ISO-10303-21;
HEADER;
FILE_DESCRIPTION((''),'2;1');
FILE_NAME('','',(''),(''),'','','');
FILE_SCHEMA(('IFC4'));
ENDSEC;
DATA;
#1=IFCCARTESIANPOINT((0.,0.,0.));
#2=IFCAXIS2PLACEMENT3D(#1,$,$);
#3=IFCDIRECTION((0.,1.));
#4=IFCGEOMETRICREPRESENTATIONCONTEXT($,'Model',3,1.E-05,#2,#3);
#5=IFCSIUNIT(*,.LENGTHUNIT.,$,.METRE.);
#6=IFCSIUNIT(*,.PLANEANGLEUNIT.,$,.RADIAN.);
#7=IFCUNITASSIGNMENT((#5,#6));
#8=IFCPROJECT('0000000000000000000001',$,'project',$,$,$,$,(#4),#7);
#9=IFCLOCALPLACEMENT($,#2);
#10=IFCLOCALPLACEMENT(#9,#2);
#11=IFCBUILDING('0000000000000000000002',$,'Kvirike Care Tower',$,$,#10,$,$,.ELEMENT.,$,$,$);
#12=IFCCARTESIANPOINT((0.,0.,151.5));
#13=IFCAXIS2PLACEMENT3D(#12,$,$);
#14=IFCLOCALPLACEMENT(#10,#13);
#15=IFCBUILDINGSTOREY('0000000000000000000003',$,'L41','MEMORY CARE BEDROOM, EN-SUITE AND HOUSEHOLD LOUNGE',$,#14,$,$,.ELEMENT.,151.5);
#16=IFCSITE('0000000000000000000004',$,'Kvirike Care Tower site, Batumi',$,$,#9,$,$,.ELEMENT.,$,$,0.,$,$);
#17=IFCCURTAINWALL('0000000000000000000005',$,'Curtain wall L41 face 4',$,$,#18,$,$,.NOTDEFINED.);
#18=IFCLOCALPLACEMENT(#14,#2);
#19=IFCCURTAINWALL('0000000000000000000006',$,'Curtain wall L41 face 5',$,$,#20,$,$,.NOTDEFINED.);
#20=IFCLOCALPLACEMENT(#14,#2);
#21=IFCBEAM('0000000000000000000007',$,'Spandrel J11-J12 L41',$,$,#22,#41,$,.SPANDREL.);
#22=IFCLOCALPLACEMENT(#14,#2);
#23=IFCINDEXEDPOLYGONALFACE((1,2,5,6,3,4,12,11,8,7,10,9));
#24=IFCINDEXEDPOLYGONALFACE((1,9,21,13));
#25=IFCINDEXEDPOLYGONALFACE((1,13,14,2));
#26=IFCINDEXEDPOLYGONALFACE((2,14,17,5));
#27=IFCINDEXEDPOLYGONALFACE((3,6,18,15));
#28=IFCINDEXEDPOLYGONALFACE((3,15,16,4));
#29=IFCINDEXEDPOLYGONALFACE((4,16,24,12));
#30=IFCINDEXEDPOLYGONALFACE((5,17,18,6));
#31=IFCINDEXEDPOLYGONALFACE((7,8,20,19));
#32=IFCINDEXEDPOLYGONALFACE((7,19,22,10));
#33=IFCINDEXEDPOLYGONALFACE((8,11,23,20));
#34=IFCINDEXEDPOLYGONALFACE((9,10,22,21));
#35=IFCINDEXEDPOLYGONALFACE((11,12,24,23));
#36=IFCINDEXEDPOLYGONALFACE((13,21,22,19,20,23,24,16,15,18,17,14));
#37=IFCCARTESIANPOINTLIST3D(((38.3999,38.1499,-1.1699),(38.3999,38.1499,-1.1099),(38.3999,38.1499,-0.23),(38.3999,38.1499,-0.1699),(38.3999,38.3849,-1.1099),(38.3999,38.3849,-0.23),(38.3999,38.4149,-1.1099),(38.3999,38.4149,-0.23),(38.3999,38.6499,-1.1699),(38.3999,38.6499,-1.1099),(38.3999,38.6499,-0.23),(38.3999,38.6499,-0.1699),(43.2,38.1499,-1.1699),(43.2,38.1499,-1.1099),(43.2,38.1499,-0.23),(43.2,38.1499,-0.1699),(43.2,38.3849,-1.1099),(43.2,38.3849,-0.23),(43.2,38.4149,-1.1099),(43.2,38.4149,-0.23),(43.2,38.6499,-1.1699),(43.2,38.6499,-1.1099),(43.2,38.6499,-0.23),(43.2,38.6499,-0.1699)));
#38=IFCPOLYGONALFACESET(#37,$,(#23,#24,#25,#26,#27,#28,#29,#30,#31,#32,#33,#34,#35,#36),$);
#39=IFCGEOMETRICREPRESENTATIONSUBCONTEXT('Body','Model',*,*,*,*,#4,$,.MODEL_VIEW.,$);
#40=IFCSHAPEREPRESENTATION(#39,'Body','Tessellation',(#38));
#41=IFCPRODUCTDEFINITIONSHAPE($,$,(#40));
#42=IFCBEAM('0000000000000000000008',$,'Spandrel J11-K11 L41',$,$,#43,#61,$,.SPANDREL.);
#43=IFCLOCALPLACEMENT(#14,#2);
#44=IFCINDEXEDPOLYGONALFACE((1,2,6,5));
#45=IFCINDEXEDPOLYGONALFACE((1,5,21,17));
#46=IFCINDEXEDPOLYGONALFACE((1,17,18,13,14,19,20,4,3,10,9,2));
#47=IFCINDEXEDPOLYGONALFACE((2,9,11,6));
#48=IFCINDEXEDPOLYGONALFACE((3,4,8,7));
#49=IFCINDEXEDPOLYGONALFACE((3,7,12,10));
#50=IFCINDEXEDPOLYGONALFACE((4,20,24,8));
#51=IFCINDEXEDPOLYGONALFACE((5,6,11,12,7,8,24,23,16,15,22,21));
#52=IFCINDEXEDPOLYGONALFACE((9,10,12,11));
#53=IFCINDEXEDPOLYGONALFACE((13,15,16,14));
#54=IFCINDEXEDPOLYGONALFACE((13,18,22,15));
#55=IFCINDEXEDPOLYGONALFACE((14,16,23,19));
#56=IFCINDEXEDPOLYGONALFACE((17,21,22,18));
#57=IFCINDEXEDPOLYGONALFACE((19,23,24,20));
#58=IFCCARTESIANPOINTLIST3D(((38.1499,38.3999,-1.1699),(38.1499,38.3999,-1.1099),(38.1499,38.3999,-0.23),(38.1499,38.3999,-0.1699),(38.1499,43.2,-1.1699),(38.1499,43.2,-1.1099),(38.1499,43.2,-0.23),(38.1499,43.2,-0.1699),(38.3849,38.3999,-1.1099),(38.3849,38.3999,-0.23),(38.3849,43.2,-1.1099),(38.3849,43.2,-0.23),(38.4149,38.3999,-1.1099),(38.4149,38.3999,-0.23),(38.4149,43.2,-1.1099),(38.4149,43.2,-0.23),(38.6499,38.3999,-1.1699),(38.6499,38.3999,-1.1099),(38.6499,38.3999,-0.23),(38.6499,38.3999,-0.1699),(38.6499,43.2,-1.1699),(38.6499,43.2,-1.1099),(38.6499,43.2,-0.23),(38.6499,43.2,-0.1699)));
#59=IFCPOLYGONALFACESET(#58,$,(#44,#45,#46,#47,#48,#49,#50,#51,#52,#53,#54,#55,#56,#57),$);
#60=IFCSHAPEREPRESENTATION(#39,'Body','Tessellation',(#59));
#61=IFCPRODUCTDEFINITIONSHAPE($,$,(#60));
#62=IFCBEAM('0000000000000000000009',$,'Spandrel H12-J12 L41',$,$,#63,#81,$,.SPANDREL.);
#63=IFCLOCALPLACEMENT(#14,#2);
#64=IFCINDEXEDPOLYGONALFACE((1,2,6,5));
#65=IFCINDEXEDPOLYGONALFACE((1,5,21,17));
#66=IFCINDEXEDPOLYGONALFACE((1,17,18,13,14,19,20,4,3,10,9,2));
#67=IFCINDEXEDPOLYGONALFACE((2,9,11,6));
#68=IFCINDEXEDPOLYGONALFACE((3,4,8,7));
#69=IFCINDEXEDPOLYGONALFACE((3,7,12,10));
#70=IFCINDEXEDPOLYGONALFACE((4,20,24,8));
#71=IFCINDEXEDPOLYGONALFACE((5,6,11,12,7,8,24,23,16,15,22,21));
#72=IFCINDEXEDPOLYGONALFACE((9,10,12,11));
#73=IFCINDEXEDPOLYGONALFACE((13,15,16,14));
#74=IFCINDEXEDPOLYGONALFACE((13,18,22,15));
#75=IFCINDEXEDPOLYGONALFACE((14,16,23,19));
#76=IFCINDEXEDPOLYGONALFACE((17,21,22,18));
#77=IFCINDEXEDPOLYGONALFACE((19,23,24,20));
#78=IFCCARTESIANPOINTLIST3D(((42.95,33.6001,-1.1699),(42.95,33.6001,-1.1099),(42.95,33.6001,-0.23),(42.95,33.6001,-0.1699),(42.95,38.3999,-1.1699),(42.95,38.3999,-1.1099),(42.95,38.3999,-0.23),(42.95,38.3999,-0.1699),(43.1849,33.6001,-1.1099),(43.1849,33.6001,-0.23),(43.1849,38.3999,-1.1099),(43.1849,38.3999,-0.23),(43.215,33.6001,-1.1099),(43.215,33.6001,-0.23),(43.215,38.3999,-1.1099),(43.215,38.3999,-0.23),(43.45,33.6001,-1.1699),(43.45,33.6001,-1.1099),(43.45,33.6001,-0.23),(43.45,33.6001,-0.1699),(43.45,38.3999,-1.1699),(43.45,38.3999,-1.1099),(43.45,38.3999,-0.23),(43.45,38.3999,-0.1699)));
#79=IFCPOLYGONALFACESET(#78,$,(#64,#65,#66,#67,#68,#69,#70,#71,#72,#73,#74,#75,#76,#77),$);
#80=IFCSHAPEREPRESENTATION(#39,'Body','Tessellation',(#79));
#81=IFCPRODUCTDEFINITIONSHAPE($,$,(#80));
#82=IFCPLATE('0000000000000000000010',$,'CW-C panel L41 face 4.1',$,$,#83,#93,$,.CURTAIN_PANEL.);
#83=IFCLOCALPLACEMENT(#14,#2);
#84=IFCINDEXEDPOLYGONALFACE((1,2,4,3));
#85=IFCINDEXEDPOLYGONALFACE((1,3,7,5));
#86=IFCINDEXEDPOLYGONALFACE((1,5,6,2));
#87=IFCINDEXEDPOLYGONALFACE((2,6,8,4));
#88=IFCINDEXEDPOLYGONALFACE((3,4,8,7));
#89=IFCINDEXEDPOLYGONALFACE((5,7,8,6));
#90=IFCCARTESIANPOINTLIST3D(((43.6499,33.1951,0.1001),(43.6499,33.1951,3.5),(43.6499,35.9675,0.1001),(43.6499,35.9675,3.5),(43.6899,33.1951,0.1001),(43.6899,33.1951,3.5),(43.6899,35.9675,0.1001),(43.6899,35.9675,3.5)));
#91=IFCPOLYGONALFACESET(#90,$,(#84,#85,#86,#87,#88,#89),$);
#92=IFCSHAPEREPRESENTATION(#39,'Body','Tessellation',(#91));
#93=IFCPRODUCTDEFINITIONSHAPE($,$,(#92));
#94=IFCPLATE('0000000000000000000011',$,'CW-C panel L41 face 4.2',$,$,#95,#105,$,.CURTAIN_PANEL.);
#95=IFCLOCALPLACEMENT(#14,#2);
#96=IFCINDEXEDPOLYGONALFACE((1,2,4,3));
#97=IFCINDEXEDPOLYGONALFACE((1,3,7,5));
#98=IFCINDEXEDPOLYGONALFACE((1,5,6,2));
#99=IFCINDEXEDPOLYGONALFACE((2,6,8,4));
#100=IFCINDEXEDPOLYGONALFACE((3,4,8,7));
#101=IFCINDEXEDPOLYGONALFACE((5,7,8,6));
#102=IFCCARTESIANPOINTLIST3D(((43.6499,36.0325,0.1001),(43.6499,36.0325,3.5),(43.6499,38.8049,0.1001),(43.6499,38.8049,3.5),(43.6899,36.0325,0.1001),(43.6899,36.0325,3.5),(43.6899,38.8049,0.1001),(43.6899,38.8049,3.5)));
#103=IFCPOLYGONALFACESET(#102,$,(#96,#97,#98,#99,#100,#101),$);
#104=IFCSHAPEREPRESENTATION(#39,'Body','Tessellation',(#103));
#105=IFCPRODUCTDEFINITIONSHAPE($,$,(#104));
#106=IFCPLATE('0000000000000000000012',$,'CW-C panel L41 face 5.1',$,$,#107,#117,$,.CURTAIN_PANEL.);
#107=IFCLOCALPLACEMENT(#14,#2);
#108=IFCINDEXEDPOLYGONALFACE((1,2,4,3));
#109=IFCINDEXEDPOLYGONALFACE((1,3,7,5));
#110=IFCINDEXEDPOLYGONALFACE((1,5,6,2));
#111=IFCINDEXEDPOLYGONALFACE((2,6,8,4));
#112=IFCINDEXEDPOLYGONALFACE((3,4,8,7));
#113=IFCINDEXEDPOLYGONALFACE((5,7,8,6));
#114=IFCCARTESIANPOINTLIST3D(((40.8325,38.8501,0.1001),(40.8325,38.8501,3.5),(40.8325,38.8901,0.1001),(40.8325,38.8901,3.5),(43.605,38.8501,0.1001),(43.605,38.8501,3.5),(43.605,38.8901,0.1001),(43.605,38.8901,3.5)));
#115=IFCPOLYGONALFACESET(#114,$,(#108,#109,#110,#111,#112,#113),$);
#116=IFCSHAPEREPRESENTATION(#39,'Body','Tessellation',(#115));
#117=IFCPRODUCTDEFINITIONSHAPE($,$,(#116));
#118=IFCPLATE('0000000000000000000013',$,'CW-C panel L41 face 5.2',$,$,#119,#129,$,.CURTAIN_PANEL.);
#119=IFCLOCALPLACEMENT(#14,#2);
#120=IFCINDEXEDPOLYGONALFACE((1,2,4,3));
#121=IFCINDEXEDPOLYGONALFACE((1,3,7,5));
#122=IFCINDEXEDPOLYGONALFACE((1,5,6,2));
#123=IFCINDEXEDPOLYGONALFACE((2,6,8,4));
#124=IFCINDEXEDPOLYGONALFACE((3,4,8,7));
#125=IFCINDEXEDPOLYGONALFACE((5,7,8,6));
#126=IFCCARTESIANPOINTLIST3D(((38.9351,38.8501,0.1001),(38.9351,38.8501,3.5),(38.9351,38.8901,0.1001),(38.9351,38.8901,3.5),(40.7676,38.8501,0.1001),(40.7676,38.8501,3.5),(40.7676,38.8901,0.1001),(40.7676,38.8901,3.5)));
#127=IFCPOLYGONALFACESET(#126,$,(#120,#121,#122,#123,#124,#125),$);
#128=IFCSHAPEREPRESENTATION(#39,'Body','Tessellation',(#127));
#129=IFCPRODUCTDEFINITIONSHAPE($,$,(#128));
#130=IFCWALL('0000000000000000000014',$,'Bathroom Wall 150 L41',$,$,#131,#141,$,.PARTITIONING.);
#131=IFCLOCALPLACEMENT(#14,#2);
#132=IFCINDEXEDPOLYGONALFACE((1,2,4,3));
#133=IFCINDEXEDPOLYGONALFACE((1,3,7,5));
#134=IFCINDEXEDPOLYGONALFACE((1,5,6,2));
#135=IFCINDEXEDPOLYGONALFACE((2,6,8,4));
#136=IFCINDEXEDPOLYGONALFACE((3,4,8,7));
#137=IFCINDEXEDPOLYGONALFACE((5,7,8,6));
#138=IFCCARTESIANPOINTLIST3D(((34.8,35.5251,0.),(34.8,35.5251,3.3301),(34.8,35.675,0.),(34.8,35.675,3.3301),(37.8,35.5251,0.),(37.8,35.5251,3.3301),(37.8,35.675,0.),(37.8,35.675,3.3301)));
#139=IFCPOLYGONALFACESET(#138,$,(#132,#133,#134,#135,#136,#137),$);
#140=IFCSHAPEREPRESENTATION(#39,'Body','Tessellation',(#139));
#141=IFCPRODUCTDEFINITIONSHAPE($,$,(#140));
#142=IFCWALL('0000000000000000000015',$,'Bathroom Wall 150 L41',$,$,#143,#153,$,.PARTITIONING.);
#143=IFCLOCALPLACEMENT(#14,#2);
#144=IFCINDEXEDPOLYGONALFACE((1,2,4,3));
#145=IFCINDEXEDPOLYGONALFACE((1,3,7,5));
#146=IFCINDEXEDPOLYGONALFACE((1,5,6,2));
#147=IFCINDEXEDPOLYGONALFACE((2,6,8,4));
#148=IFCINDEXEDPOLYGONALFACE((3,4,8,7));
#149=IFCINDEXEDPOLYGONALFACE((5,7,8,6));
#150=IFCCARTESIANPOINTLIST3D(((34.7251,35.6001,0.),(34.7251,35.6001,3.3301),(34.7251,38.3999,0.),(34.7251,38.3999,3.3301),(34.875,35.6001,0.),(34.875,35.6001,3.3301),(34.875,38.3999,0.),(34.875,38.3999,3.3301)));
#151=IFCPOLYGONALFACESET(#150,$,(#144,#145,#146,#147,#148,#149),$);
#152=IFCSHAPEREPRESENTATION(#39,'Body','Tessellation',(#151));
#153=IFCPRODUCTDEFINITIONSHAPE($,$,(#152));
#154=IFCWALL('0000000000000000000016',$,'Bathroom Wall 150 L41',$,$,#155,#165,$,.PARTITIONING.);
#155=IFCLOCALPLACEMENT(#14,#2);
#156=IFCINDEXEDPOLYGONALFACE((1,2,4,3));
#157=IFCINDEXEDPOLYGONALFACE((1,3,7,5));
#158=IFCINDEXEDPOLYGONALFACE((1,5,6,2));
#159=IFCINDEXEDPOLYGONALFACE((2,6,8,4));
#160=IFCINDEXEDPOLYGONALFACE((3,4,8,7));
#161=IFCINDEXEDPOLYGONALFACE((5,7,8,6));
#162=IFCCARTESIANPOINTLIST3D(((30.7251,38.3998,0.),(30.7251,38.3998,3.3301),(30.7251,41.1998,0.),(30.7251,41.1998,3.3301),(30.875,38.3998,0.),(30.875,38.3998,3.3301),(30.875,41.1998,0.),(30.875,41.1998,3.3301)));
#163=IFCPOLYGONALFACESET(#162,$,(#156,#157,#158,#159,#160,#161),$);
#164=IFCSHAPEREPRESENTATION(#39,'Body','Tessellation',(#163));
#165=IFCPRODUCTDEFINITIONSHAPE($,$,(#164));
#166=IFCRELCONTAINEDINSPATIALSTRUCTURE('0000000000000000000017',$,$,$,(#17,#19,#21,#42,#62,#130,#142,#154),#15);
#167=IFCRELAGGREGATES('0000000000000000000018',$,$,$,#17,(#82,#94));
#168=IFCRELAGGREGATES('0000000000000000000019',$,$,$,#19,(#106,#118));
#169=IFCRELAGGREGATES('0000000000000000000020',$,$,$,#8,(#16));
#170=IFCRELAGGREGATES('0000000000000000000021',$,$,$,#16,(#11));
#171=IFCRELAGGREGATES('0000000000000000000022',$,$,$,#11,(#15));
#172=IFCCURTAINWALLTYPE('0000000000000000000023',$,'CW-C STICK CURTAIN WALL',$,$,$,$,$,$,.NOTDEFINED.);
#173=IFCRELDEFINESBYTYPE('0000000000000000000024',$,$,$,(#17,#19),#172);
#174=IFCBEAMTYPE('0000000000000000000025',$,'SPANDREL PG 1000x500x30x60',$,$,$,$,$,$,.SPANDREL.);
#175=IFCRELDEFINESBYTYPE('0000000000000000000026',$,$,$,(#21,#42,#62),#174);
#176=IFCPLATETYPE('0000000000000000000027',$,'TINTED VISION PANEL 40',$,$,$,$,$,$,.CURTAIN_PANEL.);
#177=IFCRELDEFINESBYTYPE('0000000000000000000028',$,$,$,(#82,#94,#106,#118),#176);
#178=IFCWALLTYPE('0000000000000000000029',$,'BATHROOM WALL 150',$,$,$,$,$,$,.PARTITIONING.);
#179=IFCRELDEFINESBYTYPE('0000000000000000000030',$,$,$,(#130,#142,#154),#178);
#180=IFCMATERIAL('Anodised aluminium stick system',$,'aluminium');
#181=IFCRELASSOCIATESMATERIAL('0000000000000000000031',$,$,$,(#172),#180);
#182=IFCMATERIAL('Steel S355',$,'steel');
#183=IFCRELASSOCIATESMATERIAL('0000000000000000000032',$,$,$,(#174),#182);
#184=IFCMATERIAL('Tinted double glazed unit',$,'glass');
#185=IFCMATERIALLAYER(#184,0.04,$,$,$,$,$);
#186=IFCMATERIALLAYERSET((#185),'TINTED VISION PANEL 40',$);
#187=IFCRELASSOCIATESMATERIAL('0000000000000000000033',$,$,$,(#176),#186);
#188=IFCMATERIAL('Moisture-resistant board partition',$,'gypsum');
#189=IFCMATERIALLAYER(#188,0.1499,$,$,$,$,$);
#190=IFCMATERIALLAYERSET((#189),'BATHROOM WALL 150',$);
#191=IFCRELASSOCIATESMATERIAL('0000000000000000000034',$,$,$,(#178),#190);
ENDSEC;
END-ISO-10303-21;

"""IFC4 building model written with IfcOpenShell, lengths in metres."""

from ifc_helpers import new_model, si_unit, direction, frame, frame_2d, origin, origin_2d, place, context, subcontext, project, spatial, rectangle, i_section, extrude, material, layer, layer_set, material_profile, profile_set, type_object, element, aggregate, save


model = new_model("IFC4")

# Units and contexts
model_context = context("Model", 3, precision=1e-05, world=origin(), true_north=direction((0.0, 1.0)))
body_context = subcontext(model_context, "Body", "Model", "MODEL_VIEW")
ifc_project = project(units=[si_unit("LENGTHUNIT", "METRE"), si_unit("PLANEANGLEUNIT", "RADIAN")], contexts=[model_context])

# Site, building, storey
site_placement = place(None, origin())
site = spatial("IfcSite", under=ifc_project, at=site_placement, Name="Kvirike Care Tower site, Batumi", CompositionType="ELEMENT", RefElevation=0.0)
building_placement = place(site_placement, origin())
building = spatial("IfcBuilding", under=site, at=building_placement, Name="Kvirike Care Tower", CompositionType="ELEMENT")
storey_placement = place(building_placement, frame((0.0, 0.0, 151.5)))
storey = spatial("IfcBuildingStorey", under=building, at=storey_placement, Name="L41", Description="MEMORY CARE BEDROOM, EN-SUITE AND HOUSEHOLD LOUNGE", CompositionType="ELEMENT", Elevation=151.5)

# Curtain walls
ifc_material_1 = material(Name="Anodised aluminium stick system", Category="aluminium")
curtain_wall_type = type_object("IfcCurtainWallType", Name="CW-C STICK CURTAIN WALL", PredefinedType="NOTDEFINED", material=ifc_material_1)
curtain_wall_1_placement = place(storey_placement, origin())
curtain_wall_1 = element("IfcCurtainWall", 1, at=curtain_wall_1_placement, inside=storey, type_object=curtain_wall_type, Name="Curtain wall L41 face 4", PredefinedType="NOTDEFINED")
curtain_wall_2_placement = place(storey_placement, origin())
curtain_wall_2 = element("IfcCurtainWall", 2, at=curtain_wall_2_placement, inside=storey, type_object=curtain_wall_type, Name="Curtain wall L41 face 5", PredefinedType="NOTDEFINED")

# Beams
ifc_material_2 = material(Name="Steel S355", Category="steel")
ifc_material_profile_1 = material_profile(ifc_material_2, i_section(OverallWidth=0.5, OverallDepth=1.0, WebThickness=0.03, FlangeThickness=0.0601, at=origin_2d()), Name="PG 1000x500x30x60")
ifc_profile_set_1 = profile_set([ifc_material_profile_1], Name="Steel S355")
beam_type = type_object("IfcBeamType", Name="SPANDREL PG 1000x500x30x60", PredefinedType="SPANDREL", material=ifc_profile_set_1)
for number, where, z_axis, x_axis, name in (
    (3, (38.3999, 38.3999, -0.6699), (1.0, 0.0, 0.0), (0.0, 1.0, 0.0), "Spandrel J11-J12 L41"),
    (4, (38.3999, 38.3999, -0.6699), (0.0, 1.0, 0.0), (-1.0, 0.0, 0.0), "Spandrel J11-K11 L41"),
):
    element("IfcBeam", number, at=place(storey_placement, frame(where, z_axis=z_axis, x_axis=x_axis)), inside=storey, type_object=beam_type, Name=name, PredefinedType="SPANDREL", context=body_context, shape_type="SweptSolid", body=[
        extrude(i_section(OverallWidth=0.5, OverallDepth=1.0, WebThickness=0.03, FlangeThickness=0.0601, at=origin_2d()), origin(), (0.0, 0.0, 1.0), 4.8),
    ])
beam_placement = place(storey_placement, frame((43.2, 33.6001, -0.6699), z_axis=(0.0, 1.0, 0.0), x_axis=(-1.0, 0.0, 0.0)))
element("IfcBeam", 5, at=beam_placement, inside=storey, type_object=beam_type, Name="Spandrel H12-J12 L41", PredefinedType="SPANDREL", context=body_context, shape_type="SweptSolid", body=[
    extrude(i_section(OverallWidth=0.5, OverallDepth=1.0, WebThickness=0.03, FlangeThickness=0.0601, at=origin_2d()), origin(), (0.0, 0.0, 1.0), 4.7998),
])

# Plates
ifc_material_3 = material(Name="Tinted double glazed unit", Category="glass")
ifc_layer_1 = layer(ifc_material_3, 0.04)
ifc_layer_set_1 = layer_set([ifc_layer_1], Name="TINTED VISION PANEL 40")
plate_type = type_object("IfcPlateType", Name="TINTED VISION PANEL 40", PredefinedType="CURTAIN_PANEL", material=ifc_layer_set_1)
plate_1_placement = place(storey_placement, frame((43.6699, 34.5813, 0.1001), z_axis=(0.0, 0.0, 1.0), x_axis=(0.0, 1.0, 0.0)))
plate_1 = element("IfcPlate", 6, at=plate_1_placement, type_object=plate_type, Name="CW-C panel L41 face 4.1", PredefinedType="CURTAIN_PANEL", context=body_context, shape_type="SweptSolid", body=[
    extrude(rectangle(XDim=2.7725, YDim=0.04, at=origin_2d()), origin(), (0.0, 0.0, 1.0), 3.3999),
])
plate_2_placement = place(storey_placement, frame((43.6699, 37.4187, 0.1001), z_axis=(0.0, 0.0, 1.0), x_axis=(0.0, 1.0, 0.0)))
plate_2 = element("IfcPlate", 7, at=plate_2_placement, type_object=plate_type, Name="CW-C panel L41 face 4.2", PredefinedType="CURTAIN_PANEL", context=body_context, shape_type="SweptSolid", body=[
    extrude(rectangle(XDim=2.7725, YDim=0.04, at=origin_2d()), origin(), (0.0, 0.0, 1.0), 3.3999),
])
aggregate(curtain_wall_1, [plate_1, plate_2])
plate_3_placement = place(storey_placement, frame((42.2188, 38.8701, 0.1001), z_axis=(0.0, 0.0, 1.0), x_axis=(-1.0, 0.0, 0.0)))
plate_3 = element("IfcPlate", 8, at=plate_3_placement, type_object=plate_type, Name="CW-C panel L41 face 5.1", PredefinedType="CURTAIN_PANEL", context=body_context, shape_type="SweptSolid", body=[
    extrude(rectangle(XDim=2.7725, YDim=0.04, at=origin_2d()), origin(), (0.0, 0.0, 1.0), 3.3999),
])
plate_4_placement = place(storey_placement, frame((39.8513, 38.8701, 0.1001), z_axis=(0.0, 0.0, 1.0), x_axis=(-1.0, 0.0, 0.0)))
plate_4 = element("IfcPlate", 9, at=plate_4_placement, type_object=plate_type, Name="CW-C panel L41 face 5.2", PredefinedType="CURTAIN_PANEL", context=body_context, shape_type="SweptSolid", body=[
    extrude(rectangle(XDim=1.8325, YDim=0.04, at=origin_2d()), origin(), (0.0, 0.0, 1.0), 3.3999),
])
aggregate(curtain_wall_2, [plate_3, plate_4])

# Walls
ifc_material_4 = material(Name="Moisture-resistant board partition", Category="gypsum")
ifc_layer_2 = layer(ifc_material_4, 0.1499)
ifc_layer_set_2 = layer_set([ifc_layer_2], Name="BATHROOM WALL 150")
wall_type_1 = type_object("IfcWallType", Name="BATHROOM WALL 150", PredefinedType="PARTITIONING", material=ifc_layer_set_2)
wall_1_placement = place(storey_placement, frame((37.8, 35.6001, 0.0), z_axis=(0.0, 0.0, 1.0), x_axis=(-1.0, 0.0, 0.0)))
element("IfcWall", 10, at=wall_1_placement, inside=storey, type_object=wall_type_1, Name="Bathroom Wall 150 L41", PredefinedType="PARTITIONING", context=body_context, shape_type="SweptSolid", body=[
    extrude(rectangle(XDim=3.0, YDim=0.1499, at=frame_2d((1.5, 0.0))), origin(), (0.0, 0.0, 1.0), 3.3301),
])
wall_2_placement = place(storey_placement, frame((34.8, 35.6001, 0.0), z_axis=(0.0, 0.0, 1.0), x_axis=(0.0, 1.0, 0.0)))
element("IfcWall", 11, at=wall_2_placement, inside=storey, type_object=wall_type_1, Name="Bathroom Wall 150 L41", PredefinedType="PARTITIONING", context=body_context, shape_type="SweptSolid", body=[
    extrude(rectangle(XDim=2.7998, YDim=0.1499, at=frame_2d((1.3999, 0.0))), origin(), (0.0, 0.0, 1.0), 3.3301),
])
wall_3_placement = place(storey_placement, frame((30.8, 38.3999, 0.0), z_axis=(0.0, 0.0, 1.0), x_axis=(0.0, 1.0, 0.0)))
element("IfcWall", 12, at=wall_3_placement, inside=storey, type_object=wall_type_1, Name="Bathroom Wall 150 L41", PredefinedType="PARTITIONING", context=body_context, shape_type="SweptSolid", body=[
    extrude(rectangle(XDim=2.8, YDim=0.1499, at=frame_2d((1.3999, 0.0))), origin(), (0.0, 0.0, 1.0), 3.3301),
])

save(model, "model.ifc")
